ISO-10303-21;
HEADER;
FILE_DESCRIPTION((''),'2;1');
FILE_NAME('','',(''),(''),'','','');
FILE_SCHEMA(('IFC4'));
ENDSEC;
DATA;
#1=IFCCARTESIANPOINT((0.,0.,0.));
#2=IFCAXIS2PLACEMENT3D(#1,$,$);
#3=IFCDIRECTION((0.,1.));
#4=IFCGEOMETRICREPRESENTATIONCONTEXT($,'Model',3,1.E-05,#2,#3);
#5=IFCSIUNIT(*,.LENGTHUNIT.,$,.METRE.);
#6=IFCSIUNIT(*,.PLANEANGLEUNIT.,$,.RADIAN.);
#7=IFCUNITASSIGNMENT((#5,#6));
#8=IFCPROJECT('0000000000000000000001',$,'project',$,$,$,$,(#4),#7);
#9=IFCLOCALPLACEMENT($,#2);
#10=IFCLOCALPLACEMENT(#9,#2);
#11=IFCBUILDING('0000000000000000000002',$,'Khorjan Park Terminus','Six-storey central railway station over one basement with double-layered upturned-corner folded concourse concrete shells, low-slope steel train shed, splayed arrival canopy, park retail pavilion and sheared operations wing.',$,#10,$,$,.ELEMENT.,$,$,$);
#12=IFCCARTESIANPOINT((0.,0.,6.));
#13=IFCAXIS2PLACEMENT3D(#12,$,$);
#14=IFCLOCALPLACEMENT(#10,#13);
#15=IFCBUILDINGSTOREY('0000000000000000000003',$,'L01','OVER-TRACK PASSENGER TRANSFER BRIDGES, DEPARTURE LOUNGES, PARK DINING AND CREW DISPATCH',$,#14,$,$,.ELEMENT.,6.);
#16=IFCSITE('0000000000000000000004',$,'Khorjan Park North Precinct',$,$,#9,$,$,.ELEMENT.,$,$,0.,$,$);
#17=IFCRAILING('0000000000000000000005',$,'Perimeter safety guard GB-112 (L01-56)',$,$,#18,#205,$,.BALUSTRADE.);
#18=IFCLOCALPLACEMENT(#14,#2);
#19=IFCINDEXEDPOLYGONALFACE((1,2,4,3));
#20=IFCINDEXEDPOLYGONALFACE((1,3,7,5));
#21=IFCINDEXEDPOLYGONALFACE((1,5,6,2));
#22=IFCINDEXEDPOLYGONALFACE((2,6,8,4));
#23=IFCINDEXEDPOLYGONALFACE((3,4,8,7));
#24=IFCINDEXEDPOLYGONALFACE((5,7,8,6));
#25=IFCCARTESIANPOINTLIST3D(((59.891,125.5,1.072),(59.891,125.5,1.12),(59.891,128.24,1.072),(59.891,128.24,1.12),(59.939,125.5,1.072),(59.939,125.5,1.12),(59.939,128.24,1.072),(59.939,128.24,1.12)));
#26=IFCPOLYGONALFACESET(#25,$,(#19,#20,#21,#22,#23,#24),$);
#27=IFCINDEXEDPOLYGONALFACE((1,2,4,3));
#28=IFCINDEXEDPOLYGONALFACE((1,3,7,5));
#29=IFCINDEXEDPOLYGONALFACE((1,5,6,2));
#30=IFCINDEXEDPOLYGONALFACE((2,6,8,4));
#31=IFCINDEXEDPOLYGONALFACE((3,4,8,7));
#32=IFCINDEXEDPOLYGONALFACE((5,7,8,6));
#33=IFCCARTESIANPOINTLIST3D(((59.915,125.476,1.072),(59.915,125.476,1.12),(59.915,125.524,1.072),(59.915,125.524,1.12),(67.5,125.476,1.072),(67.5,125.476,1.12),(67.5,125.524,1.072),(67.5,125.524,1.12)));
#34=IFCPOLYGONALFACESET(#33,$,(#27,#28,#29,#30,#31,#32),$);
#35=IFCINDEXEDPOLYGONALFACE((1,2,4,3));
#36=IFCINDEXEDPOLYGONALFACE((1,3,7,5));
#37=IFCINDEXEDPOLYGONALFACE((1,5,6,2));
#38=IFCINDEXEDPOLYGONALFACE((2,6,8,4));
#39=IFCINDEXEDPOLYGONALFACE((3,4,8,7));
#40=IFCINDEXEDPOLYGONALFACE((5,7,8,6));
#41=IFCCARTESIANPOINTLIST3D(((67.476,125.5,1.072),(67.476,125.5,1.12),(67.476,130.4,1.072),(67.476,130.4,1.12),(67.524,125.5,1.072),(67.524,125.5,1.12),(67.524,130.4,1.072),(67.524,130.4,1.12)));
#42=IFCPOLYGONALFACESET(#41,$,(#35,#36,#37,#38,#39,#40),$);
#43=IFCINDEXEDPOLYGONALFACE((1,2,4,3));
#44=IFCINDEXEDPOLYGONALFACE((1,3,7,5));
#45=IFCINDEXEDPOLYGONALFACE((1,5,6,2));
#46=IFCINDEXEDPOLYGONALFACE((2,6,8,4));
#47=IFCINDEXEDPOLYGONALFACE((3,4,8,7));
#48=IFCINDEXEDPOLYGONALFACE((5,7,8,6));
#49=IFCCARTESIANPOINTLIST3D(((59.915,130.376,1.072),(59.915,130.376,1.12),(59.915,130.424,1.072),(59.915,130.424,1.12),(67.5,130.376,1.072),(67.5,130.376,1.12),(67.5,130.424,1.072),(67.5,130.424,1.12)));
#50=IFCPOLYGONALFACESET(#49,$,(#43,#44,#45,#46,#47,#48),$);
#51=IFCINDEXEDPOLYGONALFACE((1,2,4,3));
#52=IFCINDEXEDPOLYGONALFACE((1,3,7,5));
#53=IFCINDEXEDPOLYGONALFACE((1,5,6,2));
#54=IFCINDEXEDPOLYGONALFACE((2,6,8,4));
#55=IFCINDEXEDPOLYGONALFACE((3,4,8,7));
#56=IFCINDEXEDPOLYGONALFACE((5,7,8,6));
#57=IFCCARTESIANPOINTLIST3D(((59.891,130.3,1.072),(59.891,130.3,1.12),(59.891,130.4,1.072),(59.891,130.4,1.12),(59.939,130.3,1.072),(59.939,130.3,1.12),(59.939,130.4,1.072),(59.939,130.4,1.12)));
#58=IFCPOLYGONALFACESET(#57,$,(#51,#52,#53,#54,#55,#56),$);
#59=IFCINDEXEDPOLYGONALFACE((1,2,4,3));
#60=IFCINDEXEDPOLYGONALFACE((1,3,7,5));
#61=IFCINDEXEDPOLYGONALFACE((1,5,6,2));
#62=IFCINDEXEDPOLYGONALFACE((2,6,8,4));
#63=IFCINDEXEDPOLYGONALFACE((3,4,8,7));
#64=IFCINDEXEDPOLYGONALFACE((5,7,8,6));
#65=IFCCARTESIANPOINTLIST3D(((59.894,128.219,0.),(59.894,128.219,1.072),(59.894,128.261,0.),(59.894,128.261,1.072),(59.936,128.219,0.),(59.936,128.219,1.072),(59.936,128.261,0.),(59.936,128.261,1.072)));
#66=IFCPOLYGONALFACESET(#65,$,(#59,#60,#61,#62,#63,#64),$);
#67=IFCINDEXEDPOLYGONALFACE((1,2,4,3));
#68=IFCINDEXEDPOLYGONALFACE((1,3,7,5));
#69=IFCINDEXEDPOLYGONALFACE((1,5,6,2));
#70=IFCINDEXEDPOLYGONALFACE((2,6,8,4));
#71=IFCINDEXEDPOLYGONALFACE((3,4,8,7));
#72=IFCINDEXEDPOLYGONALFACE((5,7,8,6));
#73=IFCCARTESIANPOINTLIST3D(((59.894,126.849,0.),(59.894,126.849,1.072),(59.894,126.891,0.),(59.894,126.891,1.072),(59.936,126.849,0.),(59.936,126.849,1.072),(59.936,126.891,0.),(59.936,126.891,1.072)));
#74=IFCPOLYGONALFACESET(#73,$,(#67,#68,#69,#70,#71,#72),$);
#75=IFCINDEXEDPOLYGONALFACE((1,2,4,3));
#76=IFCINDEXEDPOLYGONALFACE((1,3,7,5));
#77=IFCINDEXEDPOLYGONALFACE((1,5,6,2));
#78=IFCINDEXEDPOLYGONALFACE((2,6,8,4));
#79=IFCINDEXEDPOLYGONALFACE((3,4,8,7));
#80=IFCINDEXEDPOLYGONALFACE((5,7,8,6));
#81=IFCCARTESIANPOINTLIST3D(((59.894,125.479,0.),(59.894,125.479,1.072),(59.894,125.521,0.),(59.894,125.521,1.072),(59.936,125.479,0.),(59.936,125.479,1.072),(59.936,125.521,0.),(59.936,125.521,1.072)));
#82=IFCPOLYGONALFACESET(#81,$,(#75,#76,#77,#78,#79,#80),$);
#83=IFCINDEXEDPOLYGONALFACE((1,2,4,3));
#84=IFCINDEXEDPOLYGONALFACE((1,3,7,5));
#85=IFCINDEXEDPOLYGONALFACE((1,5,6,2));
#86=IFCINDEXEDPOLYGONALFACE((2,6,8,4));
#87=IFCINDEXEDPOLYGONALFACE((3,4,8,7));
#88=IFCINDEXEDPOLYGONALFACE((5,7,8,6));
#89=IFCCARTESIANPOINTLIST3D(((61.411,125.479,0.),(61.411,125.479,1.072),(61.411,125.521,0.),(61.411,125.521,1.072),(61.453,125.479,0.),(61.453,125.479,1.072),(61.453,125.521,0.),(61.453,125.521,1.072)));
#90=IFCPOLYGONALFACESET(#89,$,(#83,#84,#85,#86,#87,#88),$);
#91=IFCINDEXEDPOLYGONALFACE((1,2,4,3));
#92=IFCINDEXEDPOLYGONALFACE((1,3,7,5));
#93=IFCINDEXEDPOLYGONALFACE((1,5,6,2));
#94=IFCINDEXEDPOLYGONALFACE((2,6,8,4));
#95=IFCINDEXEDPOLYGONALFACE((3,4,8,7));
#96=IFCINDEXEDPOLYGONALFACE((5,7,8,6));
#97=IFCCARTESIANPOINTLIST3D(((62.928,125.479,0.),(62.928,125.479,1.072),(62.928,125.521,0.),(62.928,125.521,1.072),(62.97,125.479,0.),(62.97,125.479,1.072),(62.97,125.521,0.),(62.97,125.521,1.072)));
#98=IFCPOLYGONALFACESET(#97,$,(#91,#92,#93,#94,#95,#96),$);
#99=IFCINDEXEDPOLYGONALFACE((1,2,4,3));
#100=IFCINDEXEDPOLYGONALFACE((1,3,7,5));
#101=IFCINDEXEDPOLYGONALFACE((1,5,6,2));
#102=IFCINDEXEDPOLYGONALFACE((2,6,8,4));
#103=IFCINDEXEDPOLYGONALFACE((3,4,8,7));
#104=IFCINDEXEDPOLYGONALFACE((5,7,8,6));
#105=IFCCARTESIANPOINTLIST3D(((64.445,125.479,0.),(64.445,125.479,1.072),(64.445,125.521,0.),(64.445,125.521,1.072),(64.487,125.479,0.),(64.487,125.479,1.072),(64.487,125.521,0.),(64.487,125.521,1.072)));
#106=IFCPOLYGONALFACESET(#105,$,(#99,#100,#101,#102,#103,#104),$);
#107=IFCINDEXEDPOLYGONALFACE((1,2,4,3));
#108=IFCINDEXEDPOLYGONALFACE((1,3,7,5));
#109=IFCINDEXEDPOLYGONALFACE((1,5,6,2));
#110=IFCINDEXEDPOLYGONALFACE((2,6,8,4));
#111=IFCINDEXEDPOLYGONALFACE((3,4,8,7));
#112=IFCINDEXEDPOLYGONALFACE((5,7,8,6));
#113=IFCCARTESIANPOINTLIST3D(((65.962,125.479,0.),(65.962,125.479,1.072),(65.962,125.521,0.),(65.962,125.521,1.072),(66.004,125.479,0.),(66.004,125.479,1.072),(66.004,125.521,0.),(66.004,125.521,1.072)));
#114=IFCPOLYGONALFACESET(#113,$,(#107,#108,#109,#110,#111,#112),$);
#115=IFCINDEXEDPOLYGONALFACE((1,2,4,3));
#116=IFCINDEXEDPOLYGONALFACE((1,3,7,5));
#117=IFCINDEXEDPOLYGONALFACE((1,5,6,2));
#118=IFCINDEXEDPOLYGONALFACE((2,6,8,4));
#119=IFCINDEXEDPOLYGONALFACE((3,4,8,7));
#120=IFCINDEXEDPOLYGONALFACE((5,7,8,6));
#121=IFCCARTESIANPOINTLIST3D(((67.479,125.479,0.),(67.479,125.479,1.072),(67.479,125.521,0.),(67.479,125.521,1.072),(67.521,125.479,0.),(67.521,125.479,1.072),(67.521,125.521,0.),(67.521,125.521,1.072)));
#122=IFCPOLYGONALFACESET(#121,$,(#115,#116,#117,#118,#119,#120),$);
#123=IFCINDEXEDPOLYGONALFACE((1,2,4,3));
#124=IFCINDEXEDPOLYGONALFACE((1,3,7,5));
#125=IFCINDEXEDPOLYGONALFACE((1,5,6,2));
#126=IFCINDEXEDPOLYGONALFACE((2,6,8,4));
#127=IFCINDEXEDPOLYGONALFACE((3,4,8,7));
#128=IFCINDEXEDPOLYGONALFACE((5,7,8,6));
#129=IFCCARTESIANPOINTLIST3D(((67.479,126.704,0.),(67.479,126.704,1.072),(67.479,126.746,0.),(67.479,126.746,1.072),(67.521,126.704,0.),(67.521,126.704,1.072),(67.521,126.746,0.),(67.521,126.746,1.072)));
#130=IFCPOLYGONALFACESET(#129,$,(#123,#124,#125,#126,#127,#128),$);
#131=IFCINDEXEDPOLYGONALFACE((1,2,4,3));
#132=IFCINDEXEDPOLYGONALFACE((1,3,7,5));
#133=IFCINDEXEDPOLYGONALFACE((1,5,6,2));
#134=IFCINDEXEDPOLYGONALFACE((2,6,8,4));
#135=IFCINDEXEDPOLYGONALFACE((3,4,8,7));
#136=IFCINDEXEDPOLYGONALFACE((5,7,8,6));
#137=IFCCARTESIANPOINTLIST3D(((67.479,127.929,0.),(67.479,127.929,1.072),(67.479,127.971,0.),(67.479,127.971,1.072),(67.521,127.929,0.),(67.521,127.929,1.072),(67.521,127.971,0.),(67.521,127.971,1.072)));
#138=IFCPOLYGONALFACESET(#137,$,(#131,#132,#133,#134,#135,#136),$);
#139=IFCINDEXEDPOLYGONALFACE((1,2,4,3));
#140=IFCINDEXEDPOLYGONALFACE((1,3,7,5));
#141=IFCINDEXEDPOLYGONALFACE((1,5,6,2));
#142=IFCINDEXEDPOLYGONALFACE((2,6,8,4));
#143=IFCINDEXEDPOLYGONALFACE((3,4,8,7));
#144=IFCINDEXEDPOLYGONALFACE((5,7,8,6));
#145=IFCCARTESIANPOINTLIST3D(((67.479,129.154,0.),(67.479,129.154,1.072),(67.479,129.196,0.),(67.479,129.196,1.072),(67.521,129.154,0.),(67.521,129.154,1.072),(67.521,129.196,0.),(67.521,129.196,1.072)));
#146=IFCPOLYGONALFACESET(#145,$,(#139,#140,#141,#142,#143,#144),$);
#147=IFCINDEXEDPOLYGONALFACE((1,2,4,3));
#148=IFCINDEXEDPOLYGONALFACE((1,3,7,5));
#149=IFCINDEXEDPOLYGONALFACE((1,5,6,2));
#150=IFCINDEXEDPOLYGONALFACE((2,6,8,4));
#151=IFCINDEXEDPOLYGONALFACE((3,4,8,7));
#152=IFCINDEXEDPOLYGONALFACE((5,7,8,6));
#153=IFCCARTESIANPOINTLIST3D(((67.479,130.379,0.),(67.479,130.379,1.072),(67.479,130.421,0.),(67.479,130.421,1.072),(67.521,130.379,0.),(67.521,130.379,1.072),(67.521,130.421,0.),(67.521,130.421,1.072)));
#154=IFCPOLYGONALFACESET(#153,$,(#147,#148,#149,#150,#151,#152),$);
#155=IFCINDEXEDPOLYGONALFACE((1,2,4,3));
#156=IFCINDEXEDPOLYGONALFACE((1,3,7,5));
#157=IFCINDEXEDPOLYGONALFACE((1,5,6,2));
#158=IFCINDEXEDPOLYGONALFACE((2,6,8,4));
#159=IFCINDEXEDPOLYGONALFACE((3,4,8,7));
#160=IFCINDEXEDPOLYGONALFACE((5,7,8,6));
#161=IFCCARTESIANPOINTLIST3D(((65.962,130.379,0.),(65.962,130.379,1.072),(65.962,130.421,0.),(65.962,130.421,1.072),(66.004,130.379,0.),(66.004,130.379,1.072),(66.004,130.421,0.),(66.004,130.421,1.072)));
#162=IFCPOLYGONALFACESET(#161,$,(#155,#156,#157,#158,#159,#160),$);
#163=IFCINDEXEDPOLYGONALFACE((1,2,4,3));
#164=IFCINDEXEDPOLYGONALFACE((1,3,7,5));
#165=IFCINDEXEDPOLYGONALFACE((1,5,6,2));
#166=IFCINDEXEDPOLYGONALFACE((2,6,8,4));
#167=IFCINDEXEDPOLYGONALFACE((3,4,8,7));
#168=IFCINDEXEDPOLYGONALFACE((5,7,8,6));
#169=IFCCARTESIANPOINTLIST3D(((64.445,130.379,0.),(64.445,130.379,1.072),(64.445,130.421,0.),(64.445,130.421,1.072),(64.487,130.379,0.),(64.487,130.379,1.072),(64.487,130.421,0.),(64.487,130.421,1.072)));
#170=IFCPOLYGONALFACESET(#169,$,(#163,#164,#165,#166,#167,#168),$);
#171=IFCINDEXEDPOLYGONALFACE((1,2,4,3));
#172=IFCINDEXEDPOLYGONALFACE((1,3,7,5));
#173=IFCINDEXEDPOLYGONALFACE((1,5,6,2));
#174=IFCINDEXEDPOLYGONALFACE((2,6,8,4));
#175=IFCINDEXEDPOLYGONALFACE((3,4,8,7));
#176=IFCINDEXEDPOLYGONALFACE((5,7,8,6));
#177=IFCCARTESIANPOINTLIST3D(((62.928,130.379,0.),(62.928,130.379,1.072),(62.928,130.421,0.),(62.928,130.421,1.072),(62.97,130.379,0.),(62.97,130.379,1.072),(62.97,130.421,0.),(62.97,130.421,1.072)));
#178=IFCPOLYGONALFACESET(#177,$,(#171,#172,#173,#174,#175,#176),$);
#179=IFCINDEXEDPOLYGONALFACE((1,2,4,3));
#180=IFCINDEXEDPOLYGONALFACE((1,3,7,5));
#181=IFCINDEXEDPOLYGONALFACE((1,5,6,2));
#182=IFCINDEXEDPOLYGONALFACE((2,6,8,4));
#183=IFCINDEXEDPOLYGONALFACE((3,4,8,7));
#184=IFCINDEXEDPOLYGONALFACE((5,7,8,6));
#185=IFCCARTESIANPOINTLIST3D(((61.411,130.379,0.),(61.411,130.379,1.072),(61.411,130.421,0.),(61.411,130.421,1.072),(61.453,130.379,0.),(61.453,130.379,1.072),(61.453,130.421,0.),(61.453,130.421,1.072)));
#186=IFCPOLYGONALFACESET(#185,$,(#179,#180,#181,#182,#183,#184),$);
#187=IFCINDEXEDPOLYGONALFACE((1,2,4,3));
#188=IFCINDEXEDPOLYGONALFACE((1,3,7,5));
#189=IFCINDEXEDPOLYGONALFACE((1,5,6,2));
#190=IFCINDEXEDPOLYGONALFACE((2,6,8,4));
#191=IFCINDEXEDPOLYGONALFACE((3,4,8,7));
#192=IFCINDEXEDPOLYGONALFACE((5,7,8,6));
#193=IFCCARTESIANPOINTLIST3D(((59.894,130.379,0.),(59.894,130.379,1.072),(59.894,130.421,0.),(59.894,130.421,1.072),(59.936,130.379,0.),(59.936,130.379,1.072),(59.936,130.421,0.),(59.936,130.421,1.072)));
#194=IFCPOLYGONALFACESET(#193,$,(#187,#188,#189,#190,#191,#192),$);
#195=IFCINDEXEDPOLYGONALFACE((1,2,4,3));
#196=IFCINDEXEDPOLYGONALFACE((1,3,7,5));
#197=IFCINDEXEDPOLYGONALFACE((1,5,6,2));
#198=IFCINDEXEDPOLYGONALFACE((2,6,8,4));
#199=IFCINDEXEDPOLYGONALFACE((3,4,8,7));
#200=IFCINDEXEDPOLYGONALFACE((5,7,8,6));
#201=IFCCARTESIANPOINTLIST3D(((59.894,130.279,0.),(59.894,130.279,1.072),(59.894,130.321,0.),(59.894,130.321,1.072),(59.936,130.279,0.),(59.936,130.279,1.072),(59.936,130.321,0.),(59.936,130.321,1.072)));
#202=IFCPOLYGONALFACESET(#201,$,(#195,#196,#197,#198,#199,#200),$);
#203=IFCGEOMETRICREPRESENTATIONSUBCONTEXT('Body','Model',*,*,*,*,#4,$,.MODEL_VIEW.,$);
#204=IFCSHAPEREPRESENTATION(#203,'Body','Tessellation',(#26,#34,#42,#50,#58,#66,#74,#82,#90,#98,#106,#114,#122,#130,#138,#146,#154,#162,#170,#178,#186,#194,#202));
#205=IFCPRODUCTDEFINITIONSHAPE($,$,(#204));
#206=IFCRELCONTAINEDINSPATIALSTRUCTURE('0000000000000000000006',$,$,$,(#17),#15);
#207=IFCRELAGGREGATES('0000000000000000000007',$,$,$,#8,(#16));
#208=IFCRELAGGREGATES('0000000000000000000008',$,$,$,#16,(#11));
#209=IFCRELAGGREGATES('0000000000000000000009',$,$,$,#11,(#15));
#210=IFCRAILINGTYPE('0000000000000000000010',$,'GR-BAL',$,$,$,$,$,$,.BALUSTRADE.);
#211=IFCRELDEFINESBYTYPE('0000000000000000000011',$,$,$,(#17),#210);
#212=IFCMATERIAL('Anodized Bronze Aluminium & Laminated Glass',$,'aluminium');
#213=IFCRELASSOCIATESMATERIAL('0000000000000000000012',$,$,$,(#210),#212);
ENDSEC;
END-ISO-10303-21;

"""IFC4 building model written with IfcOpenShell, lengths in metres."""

from ifc_helpers import new_model, si_unit, direction, frame, origin, origin_2d, place, context, subcontext, project, spatial, rectangle, extrude, material, type_object, element, save


model = new_model("IFC4")

# Units and contexts
model_context = context("Model", 3, precision=1e-05, world=origin(), true_north=direction((0.0, 1.0)))
body_context = subcontext(model_context, "Body", "Model", "MODEL_VIEW")
ifc_project = project(units=[si_unit("LENGTHUNIT", "METRE"), si_unit("PLANEANGLEUNIT", "RADIAN")], contexts=[model_context])

# Site, building, storey
site_placement = place(None, origin())
site = spatial("IfcSite", under=ifc_project, at=site_placement, Name="Khorjan Park North Precinct", CompositionType="ELEMENT", RefElevation=0.0)
building_placement = place(site_placement, origin())
building = spatial("IfcBuilding", under=site, at=building_placement, Name="Khorjan Park Terminus", Description="Six-storey central railway station over one basement with double-layered upturned-corner folded concourse concrete shells, low-slope steel train shed, splayed arrival canopy, park retail pavilion and sheared operations wing.", CompositionType="ELEMENT")
storey_placement = place(building_placement, frame((0.0, 0.0, 6.0)))
storey = spatial("IfcBuildingStorey", under=building, at=storey_placement, Name="L01", Description="OVER-TRACK PASSENGER TRANSFER BRIDGES, DEPARTURE LOUNGES, PARK DINING AND CREW DISPATCH", CompositionType="ELEMENT", Elevation=6.0)

# Railing
ifc_material_1 = material(Name="Anodized Bronze Aluminium & Laminated Glass", Category="aluminium")
railing_type_1 = type_object("IfcRailingType", Name="GR-BAL", PredefinedType="BALUSTRADE", material=ifc_material_1)
railing_placement = place(storey_placement, frame((59.915, 128.24, 0.0)))
element("IfcRailing", 1, at=railing_placement, inside=storey, type_object=railing_type_1, Name="Perimeter safety guard GB-112 (L01-56)", PredefinedType="BALUSTRADE", context=body_context, shape_type="SweptSolid", body=[
    extrude(rectangle(XDim=0.048, YDim=0.048, at=origin_2d()), frame((0.0, 0.0, 1.096), z_axis=(0.0, -1.0, 0.0), x_axis=(1.0, 0.0, 0.0)), (0.0, 0.0, 1.0), 2.74),
    extrude(rectangle(XDim=0.048, YDim=0.048, at=origin_2d()), frame((0.0, -2.74, 1.096), z_axis=(1.0, 0.0, 0.0), x_axis=(0.0, 1.0, 0.0)), (0.0, 0.0, 1.0), 7.585),
    extrude(rectangle(XDim=0.048, YDim=0.048, at=origin_2d()), frame((7.585, -2.74, 1.096), z_axis=(0.0, 1.0, 0.0), x_axis=(-1.0, 0.0, 0.0)), (0.0, 0.0, 1.0), 4.9),
    extrude(rectangle(XDim=0.048, YDim=0.048, at=origin_2d()), frame((7.585, 2.16, 1.096), z_axis=(-1.0, 0.0, 0.0), x_axis=(0.0, -1.0, 0.0)), (0.0, 0.0, 1.0), 7.585),
    extrude(rectangle(XDim=0.048, YDim=0.048, at=origin_2d()), frame((0.0, 2.16, 1.096), z_axis=(0.0, -1.0, 0.0), x_axis=(1.0, 0.0, 0.0)), (0.0, 0.0, 1.0), 0.1),
    extrude(rectangle(XDim=0.042, YDim=0.042, at=origin_2d()), origin(), (0.0, 0.0, 1.0), 1.072),
    extrude(rectangle(XDim=0.042, YDim=0.042, at=origin_2d()), frame((0.0, -1.37, 0.0)), (0.0, 0.0, 1.0), 1.072),
    extrude(rectangle(XDim=0.042, YDim=0.042, at=origin_2d()), frame((0.0, -2.74, 0.0)), (0.0, 0.0, 1.0), 1.072),
    extrude(rectangle(XDim=0.042, YDim=0.042, at=origin_2d()), frame((1.517, -2.74, 0.0)), (0.0, 0.0, 1.0), 1.072),
    extrude(rectangle(XDim=0.042, YDim=0.042, at=origin_2d()), frame((3.034, -2.74, 0.0)), (0.0, 0.0, 1.0), 1.072),
    extrude(rectangle(XDim=0.042, YDim=0.042, at=origin_2d()), frame((4.551, -2.74, 0.0)), (0.0, 0.0, 1.0), 1.072),
    extrude(rectangle(XDim=0.042, YDim=0.042, at=origin_2d()), frame((6.068, -2.74, 0.0)), (0.0, 0.0, 1.0), 1.072),
    extrude(rectangle(XDim=0.042, YDim=0.042, at=origin_2d()), frame((7.585, -2.74, 0.0)), (0.0, 0.0, 1.0), 1.072),
    extrude(rectangle(XDim=0.042, YDim=0.042, at=origin_2d()), frame((7.585, -1.515, 0.0)), (0.0, 0.0, 1.0), 1.072),
    extrude(rectangle(XDim=0.042, YDim=0.042, at=origin_2d()), frame((7.585, -0.29, 0.0)), (0.0, 0.0, 1.0), 1.072),
    extrude(rectangle(XDim=0.042, YDim=0.042, at=origin_2d()), frame((7.585, 0.935, 0.0)), (0.0, 0.0, 1.0), 1.072),
    extrude(rectangle(XDim=0.042, YDim=0.042, at=origin_2d()), frame((7.585, 2.16, 0.0)), (0.0, 0.0, 1.0), 1.072),
    extrude(rectangle(XDim=0.042, YDim=0.042, at=origin_2d()), frame((6.068, 2.16, 0.0)), (0.0, 0.0, 1.0), 1.072),
    extrude(rectangle(XDim=0.042, YDim=0.042, at=origin_2d()), frame((4.551, 2.16, 0.0)), (0.0, 0.0, 1.0), 1.072),
    extrude(rectangle(XDim=0.042, YDim=0.042, at=origin_2d()), frame((3.034, 2.16, 0.0)), (0.0, 0.0, 1.0), 1.072),
    extrude(rectangle(XDim=0.042, YDim=0.042, at=origin_2d()), frame((1.517, 2.16, 0.0)), (0.0, 0.0, 1.0), 1.072),
    extrude(rectangle(XDim=0.042, YDim=0.042, at=origin_2d()), frame((0.0, 2.16, 0.0)), (0.0, 0.0, 1.0), 1.072),
    extrude(rectangle(XDim=0.042, YDim=0.042, at=origin_2d()), frame((0.0, 2.06, 0.0)), (0.0, 0.0, 1.0), 1.072),
])

save(model, "model.ifc")
